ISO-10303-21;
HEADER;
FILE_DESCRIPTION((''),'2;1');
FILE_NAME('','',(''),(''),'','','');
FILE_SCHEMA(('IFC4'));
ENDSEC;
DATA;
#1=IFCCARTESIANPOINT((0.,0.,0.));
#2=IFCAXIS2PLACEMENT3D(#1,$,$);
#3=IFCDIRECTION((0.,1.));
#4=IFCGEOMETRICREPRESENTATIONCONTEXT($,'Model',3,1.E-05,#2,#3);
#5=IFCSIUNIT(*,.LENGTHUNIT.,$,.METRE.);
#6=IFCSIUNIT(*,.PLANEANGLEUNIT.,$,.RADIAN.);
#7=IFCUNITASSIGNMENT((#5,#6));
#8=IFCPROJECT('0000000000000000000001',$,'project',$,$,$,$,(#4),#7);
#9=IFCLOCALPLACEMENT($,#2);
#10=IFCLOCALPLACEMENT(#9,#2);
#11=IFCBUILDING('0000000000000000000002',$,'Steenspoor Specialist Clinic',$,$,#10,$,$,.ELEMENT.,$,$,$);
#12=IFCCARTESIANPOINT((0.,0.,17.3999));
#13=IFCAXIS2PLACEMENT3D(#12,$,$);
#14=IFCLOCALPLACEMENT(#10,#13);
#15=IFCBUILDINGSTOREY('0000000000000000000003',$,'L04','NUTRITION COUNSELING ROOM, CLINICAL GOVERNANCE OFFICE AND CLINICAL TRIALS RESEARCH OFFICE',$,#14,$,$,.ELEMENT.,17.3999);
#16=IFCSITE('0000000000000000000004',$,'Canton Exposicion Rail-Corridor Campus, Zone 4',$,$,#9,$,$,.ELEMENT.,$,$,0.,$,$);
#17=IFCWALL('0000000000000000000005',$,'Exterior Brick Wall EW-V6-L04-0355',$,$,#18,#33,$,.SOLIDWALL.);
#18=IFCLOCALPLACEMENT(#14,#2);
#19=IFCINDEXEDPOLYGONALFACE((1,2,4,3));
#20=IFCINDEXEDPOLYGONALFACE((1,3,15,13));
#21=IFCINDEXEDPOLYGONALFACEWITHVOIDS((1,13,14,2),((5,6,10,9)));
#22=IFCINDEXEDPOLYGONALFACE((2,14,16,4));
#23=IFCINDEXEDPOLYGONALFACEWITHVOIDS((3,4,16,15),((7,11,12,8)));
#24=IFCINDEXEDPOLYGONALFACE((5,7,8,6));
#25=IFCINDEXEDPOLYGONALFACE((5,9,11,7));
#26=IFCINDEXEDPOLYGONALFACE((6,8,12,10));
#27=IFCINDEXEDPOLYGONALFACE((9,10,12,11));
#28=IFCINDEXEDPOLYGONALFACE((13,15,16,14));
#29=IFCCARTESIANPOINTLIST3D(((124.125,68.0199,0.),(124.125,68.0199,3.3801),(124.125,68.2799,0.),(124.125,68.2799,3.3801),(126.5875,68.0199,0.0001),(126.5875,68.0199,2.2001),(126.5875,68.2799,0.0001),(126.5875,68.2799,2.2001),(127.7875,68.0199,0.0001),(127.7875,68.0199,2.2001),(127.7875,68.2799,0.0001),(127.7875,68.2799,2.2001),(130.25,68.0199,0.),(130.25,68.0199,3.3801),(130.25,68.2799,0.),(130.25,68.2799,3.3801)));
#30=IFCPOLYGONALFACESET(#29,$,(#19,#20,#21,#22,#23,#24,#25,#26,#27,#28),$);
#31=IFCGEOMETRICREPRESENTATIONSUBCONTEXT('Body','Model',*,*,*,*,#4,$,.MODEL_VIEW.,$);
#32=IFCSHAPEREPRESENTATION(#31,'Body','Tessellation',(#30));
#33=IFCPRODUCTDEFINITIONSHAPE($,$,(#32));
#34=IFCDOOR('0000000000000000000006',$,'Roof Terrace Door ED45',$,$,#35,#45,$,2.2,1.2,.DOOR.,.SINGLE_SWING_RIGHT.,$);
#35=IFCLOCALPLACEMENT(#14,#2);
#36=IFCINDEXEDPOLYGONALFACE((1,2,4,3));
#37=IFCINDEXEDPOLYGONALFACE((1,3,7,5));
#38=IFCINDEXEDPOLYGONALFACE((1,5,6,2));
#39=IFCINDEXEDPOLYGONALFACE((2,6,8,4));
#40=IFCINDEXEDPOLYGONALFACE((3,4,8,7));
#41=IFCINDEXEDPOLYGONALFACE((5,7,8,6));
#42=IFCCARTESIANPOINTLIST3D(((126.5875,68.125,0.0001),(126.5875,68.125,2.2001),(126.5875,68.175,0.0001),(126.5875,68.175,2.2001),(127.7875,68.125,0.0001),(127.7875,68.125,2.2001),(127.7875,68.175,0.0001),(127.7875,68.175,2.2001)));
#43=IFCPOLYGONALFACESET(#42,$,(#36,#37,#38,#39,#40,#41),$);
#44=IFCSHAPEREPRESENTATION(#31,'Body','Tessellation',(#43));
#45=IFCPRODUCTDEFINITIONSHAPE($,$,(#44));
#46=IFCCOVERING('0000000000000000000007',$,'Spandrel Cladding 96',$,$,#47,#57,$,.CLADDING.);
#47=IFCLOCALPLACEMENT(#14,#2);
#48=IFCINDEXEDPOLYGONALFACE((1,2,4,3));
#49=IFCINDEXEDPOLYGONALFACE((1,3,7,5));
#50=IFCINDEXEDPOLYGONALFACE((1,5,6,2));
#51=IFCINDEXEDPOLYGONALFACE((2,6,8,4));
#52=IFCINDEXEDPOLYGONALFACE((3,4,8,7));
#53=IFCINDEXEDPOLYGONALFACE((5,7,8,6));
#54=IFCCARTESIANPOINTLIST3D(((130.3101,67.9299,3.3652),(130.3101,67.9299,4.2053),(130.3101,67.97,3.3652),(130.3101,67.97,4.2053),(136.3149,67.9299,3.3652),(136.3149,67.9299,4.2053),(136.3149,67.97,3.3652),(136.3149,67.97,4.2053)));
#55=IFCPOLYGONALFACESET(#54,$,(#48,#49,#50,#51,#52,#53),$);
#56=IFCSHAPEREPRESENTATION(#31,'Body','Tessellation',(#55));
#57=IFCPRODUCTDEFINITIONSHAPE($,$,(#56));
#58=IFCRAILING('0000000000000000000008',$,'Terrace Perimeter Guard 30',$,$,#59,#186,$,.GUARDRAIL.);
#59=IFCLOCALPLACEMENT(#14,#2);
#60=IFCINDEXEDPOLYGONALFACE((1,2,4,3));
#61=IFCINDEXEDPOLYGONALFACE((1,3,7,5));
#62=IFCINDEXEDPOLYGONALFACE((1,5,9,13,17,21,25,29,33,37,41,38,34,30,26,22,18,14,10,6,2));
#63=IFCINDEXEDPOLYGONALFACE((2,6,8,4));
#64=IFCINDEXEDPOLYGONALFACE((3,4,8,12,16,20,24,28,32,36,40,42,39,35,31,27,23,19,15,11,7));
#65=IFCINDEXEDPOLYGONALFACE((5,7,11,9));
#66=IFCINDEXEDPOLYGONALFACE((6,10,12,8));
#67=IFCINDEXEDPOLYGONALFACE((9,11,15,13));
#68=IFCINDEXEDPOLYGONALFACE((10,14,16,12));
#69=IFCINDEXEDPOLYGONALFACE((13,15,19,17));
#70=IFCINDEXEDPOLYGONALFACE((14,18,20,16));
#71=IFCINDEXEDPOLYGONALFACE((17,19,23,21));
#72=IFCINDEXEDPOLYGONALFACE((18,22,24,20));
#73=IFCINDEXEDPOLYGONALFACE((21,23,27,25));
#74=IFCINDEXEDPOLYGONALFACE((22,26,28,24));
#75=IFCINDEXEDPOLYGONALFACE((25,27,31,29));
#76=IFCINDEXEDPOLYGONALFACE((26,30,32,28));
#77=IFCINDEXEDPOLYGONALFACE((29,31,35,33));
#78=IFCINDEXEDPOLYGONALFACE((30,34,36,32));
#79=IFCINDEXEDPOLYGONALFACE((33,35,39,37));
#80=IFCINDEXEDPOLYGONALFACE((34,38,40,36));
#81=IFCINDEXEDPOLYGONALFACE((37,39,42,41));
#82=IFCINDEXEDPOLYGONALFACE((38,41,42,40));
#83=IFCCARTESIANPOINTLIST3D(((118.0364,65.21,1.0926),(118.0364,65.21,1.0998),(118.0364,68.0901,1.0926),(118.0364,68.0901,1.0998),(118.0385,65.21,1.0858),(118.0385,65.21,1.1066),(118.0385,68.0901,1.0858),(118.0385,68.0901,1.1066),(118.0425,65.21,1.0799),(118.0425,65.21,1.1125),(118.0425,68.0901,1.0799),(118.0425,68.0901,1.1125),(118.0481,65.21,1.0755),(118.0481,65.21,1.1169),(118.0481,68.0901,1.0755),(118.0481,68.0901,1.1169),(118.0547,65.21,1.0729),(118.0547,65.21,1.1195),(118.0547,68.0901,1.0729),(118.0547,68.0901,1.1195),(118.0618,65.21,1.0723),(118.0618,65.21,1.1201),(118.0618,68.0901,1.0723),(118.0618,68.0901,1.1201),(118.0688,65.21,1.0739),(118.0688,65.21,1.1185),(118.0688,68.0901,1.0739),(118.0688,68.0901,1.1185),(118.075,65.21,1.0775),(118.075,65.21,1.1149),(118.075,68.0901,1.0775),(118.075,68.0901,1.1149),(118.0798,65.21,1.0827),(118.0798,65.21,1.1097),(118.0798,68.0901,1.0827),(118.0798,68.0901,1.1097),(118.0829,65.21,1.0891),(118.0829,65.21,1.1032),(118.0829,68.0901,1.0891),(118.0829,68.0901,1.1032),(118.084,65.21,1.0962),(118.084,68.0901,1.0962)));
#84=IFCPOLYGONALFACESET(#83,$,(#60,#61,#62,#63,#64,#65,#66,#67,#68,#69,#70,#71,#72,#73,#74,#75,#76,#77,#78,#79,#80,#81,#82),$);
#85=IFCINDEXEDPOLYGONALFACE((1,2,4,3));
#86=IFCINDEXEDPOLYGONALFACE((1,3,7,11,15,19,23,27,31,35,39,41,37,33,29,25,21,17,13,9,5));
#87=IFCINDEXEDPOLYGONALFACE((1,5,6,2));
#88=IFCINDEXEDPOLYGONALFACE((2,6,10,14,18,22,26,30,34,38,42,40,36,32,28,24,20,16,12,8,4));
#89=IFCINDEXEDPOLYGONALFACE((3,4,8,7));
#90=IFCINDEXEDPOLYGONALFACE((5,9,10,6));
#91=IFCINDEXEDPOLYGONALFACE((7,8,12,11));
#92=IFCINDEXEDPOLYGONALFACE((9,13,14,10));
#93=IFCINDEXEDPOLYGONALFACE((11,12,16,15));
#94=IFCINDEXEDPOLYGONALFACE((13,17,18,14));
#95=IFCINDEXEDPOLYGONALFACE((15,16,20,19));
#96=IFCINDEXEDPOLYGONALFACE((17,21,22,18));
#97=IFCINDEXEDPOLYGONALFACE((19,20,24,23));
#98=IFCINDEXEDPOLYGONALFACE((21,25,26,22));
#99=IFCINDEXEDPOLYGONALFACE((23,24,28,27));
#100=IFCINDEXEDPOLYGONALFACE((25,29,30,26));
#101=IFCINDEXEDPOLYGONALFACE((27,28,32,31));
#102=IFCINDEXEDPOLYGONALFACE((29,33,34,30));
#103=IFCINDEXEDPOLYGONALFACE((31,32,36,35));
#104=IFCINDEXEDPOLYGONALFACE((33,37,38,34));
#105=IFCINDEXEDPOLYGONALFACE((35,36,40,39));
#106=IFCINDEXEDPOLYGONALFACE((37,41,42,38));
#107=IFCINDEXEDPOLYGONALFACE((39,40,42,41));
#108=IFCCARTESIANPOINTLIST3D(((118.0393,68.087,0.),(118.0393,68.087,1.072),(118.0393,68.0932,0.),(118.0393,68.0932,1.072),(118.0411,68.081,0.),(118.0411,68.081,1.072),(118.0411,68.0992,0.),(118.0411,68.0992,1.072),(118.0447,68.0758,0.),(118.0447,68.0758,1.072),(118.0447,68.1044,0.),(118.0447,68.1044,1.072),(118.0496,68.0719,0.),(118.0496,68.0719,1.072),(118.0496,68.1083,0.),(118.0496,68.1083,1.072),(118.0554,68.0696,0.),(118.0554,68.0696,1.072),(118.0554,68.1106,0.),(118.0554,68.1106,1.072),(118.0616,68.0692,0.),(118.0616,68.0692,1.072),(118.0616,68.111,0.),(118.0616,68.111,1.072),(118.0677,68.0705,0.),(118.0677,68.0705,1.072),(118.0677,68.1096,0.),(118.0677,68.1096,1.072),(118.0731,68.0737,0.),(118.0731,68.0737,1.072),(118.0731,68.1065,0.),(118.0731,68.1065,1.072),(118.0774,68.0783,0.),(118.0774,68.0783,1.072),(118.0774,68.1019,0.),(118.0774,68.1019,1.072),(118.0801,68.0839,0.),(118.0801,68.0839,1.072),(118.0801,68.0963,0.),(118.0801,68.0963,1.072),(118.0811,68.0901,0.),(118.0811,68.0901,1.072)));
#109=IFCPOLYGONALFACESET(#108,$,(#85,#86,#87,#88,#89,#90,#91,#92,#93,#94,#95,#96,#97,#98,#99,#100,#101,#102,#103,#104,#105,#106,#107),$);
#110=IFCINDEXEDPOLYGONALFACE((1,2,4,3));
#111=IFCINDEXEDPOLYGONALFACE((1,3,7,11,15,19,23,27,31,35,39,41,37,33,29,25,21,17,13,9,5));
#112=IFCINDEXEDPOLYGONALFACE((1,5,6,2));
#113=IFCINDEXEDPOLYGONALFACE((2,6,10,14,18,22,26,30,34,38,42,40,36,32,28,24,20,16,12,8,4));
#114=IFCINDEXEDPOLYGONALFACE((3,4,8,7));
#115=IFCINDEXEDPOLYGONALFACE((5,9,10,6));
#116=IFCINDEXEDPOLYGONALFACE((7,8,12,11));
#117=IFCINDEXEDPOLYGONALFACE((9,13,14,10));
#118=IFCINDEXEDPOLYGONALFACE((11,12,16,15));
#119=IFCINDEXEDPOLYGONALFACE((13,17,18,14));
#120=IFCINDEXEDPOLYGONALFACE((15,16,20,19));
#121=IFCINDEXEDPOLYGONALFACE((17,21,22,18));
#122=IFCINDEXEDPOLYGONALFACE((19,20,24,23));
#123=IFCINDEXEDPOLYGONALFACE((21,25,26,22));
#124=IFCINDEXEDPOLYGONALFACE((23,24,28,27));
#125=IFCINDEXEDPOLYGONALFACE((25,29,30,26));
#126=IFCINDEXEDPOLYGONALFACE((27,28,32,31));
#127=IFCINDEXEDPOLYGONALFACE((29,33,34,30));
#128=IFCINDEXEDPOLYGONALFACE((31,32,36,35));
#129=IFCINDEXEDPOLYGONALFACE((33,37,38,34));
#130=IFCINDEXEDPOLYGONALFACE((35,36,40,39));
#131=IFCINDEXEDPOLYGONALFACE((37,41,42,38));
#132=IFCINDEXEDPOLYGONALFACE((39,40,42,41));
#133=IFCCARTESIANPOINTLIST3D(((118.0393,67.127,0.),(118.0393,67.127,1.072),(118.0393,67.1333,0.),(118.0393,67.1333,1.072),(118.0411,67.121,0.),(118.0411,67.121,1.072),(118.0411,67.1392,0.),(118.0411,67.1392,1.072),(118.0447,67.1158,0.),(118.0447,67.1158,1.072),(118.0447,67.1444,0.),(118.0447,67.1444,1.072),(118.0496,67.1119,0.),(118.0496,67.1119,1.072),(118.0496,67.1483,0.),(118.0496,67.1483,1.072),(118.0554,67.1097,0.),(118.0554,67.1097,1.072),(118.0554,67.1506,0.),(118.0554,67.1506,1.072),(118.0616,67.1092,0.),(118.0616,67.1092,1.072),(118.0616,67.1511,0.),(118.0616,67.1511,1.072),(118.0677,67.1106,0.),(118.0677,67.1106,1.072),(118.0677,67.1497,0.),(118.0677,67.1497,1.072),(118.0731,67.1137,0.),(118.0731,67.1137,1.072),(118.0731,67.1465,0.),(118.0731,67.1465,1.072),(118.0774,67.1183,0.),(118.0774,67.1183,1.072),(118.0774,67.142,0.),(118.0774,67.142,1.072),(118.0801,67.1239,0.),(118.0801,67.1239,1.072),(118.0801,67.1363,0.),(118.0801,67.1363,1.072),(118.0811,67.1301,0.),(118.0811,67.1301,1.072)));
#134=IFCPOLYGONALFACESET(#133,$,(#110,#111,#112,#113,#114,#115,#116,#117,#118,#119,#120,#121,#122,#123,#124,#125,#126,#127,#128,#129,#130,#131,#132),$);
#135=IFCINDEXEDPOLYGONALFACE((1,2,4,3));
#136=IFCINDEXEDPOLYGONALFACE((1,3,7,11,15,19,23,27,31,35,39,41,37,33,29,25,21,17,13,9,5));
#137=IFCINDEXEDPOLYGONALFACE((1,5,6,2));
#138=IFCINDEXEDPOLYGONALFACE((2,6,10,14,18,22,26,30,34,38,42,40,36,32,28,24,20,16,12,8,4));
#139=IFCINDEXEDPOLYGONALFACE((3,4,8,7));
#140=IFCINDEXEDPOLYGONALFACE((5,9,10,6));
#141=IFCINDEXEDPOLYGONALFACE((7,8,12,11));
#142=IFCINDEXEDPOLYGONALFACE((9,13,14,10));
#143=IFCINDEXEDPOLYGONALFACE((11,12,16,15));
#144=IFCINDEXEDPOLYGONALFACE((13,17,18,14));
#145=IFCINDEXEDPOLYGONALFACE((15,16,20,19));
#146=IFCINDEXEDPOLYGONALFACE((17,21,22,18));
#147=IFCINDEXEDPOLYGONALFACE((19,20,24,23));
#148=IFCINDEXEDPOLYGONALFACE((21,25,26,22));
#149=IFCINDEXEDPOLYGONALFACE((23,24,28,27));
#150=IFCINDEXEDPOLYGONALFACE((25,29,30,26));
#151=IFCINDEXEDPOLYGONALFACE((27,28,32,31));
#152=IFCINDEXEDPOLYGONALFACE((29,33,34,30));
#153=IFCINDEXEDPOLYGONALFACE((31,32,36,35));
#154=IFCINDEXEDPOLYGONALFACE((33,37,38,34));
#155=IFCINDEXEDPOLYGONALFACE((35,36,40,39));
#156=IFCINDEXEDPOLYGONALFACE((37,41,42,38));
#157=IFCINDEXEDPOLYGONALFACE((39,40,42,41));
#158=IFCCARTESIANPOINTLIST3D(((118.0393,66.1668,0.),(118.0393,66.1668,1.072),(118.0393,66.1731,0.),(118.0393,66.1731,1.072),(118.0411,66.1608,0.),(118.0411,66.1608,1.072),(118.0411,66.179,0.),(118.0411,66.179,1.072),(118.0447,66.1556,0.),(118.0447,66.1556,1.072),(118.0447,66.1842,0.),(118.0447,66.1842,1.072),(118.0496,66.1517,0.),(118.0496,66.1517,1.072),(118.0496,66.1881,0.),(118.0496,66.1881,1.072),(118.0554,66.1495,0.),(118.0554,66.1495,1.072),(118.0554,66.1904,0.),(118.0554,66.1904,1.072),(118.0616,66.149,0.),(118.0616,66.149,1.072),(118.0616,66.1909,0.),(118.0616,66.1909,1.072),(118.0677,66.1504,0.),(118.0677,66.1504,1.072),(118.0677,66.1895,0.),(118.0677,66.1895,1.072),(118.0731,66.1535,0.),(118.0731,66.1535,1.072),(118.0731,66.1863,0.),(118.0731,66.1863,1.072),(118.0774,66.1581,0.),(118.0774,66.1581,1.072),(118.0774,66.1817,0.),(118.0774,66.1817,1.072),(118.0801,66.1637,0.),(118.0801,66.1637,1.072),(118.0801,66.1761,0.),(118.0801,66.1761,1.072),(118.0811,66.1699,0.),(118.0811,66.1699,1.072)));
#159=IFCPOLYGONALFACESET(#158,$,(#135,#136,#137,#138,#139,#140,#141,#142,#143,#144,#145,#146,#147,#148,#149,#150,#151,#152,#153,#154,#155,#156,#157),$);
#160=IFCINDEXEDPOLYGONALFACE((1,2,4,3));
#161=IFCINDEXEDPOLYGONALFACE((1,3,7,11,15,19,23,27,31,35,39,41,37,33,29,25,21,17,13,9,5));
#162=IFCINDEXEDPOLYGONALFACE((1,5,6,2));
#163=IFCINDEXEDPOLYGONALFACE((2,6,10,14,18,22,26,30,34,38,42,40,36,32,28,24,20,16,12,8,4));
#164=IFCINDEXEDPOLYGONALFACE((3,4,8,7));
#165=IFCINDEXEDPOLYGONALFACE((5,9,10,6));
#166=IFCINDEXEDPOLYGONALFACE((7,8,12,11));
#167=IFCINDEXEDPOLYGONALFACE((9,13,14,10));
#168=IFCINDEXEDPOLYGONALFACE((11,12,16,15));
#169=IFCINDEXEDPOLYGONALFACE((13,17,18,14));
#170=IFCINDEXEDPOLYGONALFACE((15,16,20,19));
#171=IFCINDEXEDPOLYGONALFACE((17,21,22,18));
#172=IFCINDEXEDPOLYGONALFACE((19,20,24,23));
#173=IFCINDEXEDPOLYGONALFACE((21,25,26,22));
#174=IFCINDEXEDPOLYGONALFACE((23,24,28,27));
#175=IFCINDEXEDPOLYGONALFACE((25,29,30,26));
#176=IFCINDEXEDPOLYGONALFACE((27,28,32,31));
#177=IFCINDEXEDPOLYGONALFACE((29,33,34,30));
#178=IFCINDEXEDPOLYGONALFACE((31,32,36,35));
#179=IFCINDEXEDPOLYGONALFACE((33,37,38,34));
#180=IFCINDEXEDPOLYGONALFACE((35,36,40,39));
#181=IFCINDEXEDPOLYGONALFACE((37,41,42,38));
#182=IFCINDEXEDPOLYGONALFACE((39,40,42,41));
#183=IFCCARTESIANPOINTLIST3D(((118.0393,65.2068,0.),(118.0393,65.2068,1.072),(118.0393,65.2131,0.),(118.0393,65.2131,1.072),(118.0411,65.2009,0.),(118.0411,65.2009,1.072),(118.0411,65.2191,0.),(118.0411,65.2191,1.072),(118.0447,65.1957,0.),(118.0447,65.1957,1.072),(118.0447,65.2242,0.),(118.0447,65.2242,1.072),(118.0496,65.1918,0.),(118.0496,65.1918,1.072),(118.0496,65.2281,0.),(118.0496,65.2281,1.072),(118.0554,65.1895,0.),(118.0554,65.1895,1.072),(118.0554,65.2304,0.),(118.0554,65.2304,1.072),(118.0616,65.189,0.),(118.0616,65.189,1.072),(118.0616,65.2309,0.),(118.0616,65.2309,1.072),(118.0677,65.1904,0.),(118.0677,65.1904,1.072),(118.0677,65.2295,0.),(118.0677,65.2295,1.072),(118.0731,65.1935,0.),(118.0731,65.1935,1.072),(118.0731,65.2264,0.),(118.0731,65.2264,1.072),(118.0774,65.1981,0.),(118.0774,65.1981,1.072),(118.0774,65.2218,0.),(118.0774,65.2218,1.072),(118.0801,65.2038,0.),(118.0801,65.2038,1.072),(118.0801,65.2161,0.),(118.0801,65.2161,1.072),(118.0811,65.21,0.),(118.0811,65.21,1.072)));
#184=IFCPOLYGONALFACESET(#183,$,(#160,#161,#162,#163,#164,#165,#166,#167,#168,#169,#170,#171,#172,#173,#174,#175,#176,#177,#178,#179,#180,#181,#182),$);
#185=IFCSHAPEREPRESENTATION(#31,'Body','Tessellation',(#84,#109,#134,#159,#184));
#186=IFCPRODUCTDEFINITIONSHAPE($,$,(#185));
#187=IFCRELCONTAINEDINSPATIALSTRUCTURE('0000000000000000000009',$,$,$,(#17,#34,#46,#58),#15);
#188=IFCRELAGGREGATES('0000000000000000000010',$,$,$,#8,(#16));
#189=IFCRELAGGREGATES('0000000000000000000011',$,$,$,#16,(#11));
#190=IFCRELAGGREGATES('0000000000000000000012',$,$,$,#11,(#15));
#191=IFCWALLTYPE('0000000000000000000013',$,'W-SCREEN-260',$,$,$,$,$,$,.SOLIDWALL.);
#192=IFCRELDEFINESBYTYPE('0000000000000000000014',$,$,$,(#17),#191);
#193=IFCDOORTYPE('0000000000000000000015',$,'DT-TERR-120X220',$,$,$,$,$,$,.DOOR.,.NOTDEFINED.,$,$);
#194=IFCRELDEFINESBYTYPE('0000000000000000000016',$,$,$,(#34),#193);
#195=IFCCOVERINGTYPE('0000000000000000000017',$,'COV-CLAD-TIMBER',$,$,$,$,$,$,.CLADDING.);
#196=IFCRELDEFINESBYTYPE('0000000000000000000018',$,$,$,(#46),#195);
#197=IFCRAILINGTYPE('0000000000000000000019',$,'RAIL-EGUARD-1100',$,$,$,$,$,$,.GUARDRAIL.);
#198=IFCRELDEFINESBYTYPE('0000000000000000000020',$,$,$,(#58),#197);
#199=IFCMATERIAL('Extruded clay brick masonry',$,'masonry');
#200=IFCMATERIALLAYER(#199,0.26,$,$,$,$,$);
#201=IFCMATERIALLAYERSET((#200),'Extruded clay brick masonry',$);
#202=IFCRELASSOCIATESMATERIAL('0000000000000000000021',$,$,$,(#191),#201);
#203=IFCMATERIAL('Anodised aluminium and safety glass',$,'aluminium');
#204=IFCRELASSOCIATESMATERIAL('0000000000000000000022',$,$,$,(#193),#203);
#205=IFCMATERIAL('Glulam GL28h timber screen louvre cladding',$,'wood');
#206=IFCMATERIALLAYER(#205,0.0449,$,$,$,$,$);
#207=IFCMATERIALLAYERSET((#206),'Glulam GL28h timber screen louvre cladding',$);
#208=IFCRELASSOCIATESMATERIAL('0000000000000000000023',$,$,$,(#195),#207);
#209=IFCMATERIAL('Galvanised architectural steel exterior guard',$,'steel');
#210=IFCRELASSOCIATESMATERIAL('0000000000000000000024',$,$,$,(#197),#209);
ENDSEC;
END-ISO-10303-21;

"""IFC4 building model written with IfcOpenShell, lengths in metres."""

from ifc_helpers import new_model, si_unit, direction, frame, frame_2d, origin, origin_2d, place, context, subcontext, project, spatial, rectangle, circle, extrude, material, layer, layer_set, type_object, element, fill, save


model = new_model("IFC4")

# Units and contexts
model_context = context("Model", 3, precision=1e-05, world=origin(), true_north=direction((0.0, 1.0)))
body_context = subcontext(model_context, "Body", "Model", "MODEL_VIEW")
ifc_project = project(units=[si_unit("LENGTHUNIT", "METRE"), si_unit("PLANEANGLEUNIT", "RADIAN")], contexts=[model_context])

# Site, building, storey
site_placement = place(None, origin())
site = spatial("IfcSite", under=ifc_project, at=site_placement, Name="Canton Exposicion Rail-Corridor Campus, Zone 4", CompositionType="ELEMENT", RefElevation=0.0)
building_placement = place(site_placement, origin())
building = spatial("IfcBuilding", under=site, at=building_placement, Name="Steenspoor Specialist Clinic", CompositionType="ELEMENT")
storey_placement = place(building_placement, frame((0.0, 0.0, 17.3999)))
storey = spatial("IfcBuildingStorey", under=building, at=storey_placement, Name="L04", Description="NUTRITION COUNSELING ROOM, CLINICAL GOVERNANCE OFFICE AND CLINICAL TRIALS RESEARCH OFFICE", CompositionType="ELEMENT", Elevation=17.3999)

# Shared definitions
ifc_material_1 = material(Name="Extruded clay brick masonry", Category="masonry")
ifc_material_2 = material(Name="Anodised aluminium and safety glass", Category="aluminium")

# Wall, opening, door
ifc_layer_1 = layer(ifc_material_1, 0.26)
ifc_layer_set_1 = layer_set([ifc_layer_1], Name="Extruded clay brick masonry")
wall_type_1 = type_object("IfcWallType", Name="W-SCREEN-260", PredefinedType="SOLIDWALL", material=ifc_layer_set_1)
wall_1_placement = place(storey_placement, frame((130.25, 68.1499, 0.0), z_axis=(0.0, 0.0, 1.0), x_axis=(-1.0, 0.0, 0.0)))
wall_1 = element("IfcWall", 1, at=wall_1_placement, inside=storey, type_object=wall_type_1, Name="Exterior Brick Wall EW-V6-L04-0355", PredefinedType="SOLIDWALL", context=body_context, shape_type="SweptSolid", body=[
    extrude(rectangle(XDim=6.125, YDim=0.26, at=frame_2d((3.0625, 0.0))), origin(), (0.0, 0.0, 1.0), 3.3801),
])
opening_1_placement = place(wall_1_placement, frame((2.4624, 0.0, 0.0)))
opening_1 = element("IfcOpeningElement", 2, at=opening_1_placement, cuts=wall_1, PredefinedType="OPENING", context=body_context, shape_type="SweptSolid", body=[
    extrude(rectangle(XDim=1.2, YDim=2.2, at=frame_2d((0.6001, 1.1001))), frame((0.0, 0.1401, 0.0), z_axis=(0.0, -1.0, 0.0), x_axis=(1.0, 0.0, 0.0)), (0.0, 0.0, 1.0), 0.28),
])
door_type_1 = type_object("IfcDoorType", Name="DT-TERR-120X220", OperationType="NOTDEFINED", PredefinedType="DOOR", material=ifc_material_2)
door_1_placement = place(opening_1_placement, origin())
door_1 = element("IfcDoor", 3, at=door_1_placement, inside=storey, type_object=door_type_1, Name="Roof Terrace Door ED45", OperationType="SINGLE_SWING_RIGHT", OverallHeight=2.2, OverallWidth=1.2, PredefinedType="DOOR", context=body_context, shape_type="SweptSolid", body=[
    extrude(rectangle(XDim=1.2, YDim=2.2, at=frame_2d((0.6001, 1.1001))), frame((0.0, 0.0249, 0.0), z_axis=(0.0, -1.0, 0.0), x_axis=(1.0, 0.0, 0.0)), (0.0, 0.0, 1.0), 0.05),
])
fill(opening_1, door_1)

# Covering
ifc_material_3 = material(Name="Glulam GL28h timber screen louvre cladding", Category="wood")
ifc_layer_2 = layer(ifc_material_3, 0.0449)
ifc_layer_set_2 = layer_set([ifc_layer_2], Name="Glulam GL28h timber screen louvre cladding")
covering_type = type_object("IfcCoveringType", Name="COV-CLAD-TIMBER", PredefinedType="CLADDING", material=ifc_layer_set_2)
covering_placement = place(storey_placement, frame((133.3125, 67.95, 3.3652), z_axis=(0.0, 0.0, 1.0), x_axis=(-1.0, 0.0, 0.0)))
element("IfcCovering", 4, at=covering_placement, inside=storey, type_object=covering_type, Name="Spandrel Cladding 96", PredefinedType="CLADDING", context=body_context, shape_type="SweptSolid", body=[
    extrude(rectangle(XDim=6.0049, YDim=0.04, at=origin_2d()), origin(), (0.0, 0.0, 1.0), 0.8401),
])

# Railing
ifc_material_4 = material(Name="Galvanised architectural steel exterior guard", Category="steel")
railing_type = type_object("IfcRailingType", Name="RAIL-EGUARD-1100", PredefinedType="GUARDRAIL", material=ifc_material_4)
railing_1_placement = place(storey_placement, frame((118.0601, 68.0901, 0.0)))
element("IfcRailing", 5, at=railing_1_placement, inside=storey, type_object=railing_type, Name="Terrace Perimeter Guard 30", PredefinedType="GUARDRAIL", context=body_context, shape_type="SweptSolid", body=[
    extrude(circle(Radius=0.0239, at=origin_2d()), frame((0.0, 0.0, 1.0962), z_axis=(0.0, -1.0, 0.0), x_axis=(1.0, 0.0, 0.0)), (0.0, 0.0, 1.0), 2.8801),
    extrude(circle(Radius=0.021, at=origin_2d()), origin(), (0.0, 0.0, 1.0), 1.072),
    extrude(circle(Radius=0.021, at=origin_2d()), frame((0.0, -0.96, 0.0)), (0.0, 0.0, 1.0), 1.072),
    extrude(circle(Radius=0.021, at=origin_2d()), frame((0.0, -1.9202, 0.0)), (0.0, 0.0, 1.0), 1.072),
    extrude(circle(Radius=0.021, at=origin_2d()), frame((0.0, -2.8801, 0.0)), (0.0, 0.0, 1.0), 1.072),
])

save(model, "model.ifc")
